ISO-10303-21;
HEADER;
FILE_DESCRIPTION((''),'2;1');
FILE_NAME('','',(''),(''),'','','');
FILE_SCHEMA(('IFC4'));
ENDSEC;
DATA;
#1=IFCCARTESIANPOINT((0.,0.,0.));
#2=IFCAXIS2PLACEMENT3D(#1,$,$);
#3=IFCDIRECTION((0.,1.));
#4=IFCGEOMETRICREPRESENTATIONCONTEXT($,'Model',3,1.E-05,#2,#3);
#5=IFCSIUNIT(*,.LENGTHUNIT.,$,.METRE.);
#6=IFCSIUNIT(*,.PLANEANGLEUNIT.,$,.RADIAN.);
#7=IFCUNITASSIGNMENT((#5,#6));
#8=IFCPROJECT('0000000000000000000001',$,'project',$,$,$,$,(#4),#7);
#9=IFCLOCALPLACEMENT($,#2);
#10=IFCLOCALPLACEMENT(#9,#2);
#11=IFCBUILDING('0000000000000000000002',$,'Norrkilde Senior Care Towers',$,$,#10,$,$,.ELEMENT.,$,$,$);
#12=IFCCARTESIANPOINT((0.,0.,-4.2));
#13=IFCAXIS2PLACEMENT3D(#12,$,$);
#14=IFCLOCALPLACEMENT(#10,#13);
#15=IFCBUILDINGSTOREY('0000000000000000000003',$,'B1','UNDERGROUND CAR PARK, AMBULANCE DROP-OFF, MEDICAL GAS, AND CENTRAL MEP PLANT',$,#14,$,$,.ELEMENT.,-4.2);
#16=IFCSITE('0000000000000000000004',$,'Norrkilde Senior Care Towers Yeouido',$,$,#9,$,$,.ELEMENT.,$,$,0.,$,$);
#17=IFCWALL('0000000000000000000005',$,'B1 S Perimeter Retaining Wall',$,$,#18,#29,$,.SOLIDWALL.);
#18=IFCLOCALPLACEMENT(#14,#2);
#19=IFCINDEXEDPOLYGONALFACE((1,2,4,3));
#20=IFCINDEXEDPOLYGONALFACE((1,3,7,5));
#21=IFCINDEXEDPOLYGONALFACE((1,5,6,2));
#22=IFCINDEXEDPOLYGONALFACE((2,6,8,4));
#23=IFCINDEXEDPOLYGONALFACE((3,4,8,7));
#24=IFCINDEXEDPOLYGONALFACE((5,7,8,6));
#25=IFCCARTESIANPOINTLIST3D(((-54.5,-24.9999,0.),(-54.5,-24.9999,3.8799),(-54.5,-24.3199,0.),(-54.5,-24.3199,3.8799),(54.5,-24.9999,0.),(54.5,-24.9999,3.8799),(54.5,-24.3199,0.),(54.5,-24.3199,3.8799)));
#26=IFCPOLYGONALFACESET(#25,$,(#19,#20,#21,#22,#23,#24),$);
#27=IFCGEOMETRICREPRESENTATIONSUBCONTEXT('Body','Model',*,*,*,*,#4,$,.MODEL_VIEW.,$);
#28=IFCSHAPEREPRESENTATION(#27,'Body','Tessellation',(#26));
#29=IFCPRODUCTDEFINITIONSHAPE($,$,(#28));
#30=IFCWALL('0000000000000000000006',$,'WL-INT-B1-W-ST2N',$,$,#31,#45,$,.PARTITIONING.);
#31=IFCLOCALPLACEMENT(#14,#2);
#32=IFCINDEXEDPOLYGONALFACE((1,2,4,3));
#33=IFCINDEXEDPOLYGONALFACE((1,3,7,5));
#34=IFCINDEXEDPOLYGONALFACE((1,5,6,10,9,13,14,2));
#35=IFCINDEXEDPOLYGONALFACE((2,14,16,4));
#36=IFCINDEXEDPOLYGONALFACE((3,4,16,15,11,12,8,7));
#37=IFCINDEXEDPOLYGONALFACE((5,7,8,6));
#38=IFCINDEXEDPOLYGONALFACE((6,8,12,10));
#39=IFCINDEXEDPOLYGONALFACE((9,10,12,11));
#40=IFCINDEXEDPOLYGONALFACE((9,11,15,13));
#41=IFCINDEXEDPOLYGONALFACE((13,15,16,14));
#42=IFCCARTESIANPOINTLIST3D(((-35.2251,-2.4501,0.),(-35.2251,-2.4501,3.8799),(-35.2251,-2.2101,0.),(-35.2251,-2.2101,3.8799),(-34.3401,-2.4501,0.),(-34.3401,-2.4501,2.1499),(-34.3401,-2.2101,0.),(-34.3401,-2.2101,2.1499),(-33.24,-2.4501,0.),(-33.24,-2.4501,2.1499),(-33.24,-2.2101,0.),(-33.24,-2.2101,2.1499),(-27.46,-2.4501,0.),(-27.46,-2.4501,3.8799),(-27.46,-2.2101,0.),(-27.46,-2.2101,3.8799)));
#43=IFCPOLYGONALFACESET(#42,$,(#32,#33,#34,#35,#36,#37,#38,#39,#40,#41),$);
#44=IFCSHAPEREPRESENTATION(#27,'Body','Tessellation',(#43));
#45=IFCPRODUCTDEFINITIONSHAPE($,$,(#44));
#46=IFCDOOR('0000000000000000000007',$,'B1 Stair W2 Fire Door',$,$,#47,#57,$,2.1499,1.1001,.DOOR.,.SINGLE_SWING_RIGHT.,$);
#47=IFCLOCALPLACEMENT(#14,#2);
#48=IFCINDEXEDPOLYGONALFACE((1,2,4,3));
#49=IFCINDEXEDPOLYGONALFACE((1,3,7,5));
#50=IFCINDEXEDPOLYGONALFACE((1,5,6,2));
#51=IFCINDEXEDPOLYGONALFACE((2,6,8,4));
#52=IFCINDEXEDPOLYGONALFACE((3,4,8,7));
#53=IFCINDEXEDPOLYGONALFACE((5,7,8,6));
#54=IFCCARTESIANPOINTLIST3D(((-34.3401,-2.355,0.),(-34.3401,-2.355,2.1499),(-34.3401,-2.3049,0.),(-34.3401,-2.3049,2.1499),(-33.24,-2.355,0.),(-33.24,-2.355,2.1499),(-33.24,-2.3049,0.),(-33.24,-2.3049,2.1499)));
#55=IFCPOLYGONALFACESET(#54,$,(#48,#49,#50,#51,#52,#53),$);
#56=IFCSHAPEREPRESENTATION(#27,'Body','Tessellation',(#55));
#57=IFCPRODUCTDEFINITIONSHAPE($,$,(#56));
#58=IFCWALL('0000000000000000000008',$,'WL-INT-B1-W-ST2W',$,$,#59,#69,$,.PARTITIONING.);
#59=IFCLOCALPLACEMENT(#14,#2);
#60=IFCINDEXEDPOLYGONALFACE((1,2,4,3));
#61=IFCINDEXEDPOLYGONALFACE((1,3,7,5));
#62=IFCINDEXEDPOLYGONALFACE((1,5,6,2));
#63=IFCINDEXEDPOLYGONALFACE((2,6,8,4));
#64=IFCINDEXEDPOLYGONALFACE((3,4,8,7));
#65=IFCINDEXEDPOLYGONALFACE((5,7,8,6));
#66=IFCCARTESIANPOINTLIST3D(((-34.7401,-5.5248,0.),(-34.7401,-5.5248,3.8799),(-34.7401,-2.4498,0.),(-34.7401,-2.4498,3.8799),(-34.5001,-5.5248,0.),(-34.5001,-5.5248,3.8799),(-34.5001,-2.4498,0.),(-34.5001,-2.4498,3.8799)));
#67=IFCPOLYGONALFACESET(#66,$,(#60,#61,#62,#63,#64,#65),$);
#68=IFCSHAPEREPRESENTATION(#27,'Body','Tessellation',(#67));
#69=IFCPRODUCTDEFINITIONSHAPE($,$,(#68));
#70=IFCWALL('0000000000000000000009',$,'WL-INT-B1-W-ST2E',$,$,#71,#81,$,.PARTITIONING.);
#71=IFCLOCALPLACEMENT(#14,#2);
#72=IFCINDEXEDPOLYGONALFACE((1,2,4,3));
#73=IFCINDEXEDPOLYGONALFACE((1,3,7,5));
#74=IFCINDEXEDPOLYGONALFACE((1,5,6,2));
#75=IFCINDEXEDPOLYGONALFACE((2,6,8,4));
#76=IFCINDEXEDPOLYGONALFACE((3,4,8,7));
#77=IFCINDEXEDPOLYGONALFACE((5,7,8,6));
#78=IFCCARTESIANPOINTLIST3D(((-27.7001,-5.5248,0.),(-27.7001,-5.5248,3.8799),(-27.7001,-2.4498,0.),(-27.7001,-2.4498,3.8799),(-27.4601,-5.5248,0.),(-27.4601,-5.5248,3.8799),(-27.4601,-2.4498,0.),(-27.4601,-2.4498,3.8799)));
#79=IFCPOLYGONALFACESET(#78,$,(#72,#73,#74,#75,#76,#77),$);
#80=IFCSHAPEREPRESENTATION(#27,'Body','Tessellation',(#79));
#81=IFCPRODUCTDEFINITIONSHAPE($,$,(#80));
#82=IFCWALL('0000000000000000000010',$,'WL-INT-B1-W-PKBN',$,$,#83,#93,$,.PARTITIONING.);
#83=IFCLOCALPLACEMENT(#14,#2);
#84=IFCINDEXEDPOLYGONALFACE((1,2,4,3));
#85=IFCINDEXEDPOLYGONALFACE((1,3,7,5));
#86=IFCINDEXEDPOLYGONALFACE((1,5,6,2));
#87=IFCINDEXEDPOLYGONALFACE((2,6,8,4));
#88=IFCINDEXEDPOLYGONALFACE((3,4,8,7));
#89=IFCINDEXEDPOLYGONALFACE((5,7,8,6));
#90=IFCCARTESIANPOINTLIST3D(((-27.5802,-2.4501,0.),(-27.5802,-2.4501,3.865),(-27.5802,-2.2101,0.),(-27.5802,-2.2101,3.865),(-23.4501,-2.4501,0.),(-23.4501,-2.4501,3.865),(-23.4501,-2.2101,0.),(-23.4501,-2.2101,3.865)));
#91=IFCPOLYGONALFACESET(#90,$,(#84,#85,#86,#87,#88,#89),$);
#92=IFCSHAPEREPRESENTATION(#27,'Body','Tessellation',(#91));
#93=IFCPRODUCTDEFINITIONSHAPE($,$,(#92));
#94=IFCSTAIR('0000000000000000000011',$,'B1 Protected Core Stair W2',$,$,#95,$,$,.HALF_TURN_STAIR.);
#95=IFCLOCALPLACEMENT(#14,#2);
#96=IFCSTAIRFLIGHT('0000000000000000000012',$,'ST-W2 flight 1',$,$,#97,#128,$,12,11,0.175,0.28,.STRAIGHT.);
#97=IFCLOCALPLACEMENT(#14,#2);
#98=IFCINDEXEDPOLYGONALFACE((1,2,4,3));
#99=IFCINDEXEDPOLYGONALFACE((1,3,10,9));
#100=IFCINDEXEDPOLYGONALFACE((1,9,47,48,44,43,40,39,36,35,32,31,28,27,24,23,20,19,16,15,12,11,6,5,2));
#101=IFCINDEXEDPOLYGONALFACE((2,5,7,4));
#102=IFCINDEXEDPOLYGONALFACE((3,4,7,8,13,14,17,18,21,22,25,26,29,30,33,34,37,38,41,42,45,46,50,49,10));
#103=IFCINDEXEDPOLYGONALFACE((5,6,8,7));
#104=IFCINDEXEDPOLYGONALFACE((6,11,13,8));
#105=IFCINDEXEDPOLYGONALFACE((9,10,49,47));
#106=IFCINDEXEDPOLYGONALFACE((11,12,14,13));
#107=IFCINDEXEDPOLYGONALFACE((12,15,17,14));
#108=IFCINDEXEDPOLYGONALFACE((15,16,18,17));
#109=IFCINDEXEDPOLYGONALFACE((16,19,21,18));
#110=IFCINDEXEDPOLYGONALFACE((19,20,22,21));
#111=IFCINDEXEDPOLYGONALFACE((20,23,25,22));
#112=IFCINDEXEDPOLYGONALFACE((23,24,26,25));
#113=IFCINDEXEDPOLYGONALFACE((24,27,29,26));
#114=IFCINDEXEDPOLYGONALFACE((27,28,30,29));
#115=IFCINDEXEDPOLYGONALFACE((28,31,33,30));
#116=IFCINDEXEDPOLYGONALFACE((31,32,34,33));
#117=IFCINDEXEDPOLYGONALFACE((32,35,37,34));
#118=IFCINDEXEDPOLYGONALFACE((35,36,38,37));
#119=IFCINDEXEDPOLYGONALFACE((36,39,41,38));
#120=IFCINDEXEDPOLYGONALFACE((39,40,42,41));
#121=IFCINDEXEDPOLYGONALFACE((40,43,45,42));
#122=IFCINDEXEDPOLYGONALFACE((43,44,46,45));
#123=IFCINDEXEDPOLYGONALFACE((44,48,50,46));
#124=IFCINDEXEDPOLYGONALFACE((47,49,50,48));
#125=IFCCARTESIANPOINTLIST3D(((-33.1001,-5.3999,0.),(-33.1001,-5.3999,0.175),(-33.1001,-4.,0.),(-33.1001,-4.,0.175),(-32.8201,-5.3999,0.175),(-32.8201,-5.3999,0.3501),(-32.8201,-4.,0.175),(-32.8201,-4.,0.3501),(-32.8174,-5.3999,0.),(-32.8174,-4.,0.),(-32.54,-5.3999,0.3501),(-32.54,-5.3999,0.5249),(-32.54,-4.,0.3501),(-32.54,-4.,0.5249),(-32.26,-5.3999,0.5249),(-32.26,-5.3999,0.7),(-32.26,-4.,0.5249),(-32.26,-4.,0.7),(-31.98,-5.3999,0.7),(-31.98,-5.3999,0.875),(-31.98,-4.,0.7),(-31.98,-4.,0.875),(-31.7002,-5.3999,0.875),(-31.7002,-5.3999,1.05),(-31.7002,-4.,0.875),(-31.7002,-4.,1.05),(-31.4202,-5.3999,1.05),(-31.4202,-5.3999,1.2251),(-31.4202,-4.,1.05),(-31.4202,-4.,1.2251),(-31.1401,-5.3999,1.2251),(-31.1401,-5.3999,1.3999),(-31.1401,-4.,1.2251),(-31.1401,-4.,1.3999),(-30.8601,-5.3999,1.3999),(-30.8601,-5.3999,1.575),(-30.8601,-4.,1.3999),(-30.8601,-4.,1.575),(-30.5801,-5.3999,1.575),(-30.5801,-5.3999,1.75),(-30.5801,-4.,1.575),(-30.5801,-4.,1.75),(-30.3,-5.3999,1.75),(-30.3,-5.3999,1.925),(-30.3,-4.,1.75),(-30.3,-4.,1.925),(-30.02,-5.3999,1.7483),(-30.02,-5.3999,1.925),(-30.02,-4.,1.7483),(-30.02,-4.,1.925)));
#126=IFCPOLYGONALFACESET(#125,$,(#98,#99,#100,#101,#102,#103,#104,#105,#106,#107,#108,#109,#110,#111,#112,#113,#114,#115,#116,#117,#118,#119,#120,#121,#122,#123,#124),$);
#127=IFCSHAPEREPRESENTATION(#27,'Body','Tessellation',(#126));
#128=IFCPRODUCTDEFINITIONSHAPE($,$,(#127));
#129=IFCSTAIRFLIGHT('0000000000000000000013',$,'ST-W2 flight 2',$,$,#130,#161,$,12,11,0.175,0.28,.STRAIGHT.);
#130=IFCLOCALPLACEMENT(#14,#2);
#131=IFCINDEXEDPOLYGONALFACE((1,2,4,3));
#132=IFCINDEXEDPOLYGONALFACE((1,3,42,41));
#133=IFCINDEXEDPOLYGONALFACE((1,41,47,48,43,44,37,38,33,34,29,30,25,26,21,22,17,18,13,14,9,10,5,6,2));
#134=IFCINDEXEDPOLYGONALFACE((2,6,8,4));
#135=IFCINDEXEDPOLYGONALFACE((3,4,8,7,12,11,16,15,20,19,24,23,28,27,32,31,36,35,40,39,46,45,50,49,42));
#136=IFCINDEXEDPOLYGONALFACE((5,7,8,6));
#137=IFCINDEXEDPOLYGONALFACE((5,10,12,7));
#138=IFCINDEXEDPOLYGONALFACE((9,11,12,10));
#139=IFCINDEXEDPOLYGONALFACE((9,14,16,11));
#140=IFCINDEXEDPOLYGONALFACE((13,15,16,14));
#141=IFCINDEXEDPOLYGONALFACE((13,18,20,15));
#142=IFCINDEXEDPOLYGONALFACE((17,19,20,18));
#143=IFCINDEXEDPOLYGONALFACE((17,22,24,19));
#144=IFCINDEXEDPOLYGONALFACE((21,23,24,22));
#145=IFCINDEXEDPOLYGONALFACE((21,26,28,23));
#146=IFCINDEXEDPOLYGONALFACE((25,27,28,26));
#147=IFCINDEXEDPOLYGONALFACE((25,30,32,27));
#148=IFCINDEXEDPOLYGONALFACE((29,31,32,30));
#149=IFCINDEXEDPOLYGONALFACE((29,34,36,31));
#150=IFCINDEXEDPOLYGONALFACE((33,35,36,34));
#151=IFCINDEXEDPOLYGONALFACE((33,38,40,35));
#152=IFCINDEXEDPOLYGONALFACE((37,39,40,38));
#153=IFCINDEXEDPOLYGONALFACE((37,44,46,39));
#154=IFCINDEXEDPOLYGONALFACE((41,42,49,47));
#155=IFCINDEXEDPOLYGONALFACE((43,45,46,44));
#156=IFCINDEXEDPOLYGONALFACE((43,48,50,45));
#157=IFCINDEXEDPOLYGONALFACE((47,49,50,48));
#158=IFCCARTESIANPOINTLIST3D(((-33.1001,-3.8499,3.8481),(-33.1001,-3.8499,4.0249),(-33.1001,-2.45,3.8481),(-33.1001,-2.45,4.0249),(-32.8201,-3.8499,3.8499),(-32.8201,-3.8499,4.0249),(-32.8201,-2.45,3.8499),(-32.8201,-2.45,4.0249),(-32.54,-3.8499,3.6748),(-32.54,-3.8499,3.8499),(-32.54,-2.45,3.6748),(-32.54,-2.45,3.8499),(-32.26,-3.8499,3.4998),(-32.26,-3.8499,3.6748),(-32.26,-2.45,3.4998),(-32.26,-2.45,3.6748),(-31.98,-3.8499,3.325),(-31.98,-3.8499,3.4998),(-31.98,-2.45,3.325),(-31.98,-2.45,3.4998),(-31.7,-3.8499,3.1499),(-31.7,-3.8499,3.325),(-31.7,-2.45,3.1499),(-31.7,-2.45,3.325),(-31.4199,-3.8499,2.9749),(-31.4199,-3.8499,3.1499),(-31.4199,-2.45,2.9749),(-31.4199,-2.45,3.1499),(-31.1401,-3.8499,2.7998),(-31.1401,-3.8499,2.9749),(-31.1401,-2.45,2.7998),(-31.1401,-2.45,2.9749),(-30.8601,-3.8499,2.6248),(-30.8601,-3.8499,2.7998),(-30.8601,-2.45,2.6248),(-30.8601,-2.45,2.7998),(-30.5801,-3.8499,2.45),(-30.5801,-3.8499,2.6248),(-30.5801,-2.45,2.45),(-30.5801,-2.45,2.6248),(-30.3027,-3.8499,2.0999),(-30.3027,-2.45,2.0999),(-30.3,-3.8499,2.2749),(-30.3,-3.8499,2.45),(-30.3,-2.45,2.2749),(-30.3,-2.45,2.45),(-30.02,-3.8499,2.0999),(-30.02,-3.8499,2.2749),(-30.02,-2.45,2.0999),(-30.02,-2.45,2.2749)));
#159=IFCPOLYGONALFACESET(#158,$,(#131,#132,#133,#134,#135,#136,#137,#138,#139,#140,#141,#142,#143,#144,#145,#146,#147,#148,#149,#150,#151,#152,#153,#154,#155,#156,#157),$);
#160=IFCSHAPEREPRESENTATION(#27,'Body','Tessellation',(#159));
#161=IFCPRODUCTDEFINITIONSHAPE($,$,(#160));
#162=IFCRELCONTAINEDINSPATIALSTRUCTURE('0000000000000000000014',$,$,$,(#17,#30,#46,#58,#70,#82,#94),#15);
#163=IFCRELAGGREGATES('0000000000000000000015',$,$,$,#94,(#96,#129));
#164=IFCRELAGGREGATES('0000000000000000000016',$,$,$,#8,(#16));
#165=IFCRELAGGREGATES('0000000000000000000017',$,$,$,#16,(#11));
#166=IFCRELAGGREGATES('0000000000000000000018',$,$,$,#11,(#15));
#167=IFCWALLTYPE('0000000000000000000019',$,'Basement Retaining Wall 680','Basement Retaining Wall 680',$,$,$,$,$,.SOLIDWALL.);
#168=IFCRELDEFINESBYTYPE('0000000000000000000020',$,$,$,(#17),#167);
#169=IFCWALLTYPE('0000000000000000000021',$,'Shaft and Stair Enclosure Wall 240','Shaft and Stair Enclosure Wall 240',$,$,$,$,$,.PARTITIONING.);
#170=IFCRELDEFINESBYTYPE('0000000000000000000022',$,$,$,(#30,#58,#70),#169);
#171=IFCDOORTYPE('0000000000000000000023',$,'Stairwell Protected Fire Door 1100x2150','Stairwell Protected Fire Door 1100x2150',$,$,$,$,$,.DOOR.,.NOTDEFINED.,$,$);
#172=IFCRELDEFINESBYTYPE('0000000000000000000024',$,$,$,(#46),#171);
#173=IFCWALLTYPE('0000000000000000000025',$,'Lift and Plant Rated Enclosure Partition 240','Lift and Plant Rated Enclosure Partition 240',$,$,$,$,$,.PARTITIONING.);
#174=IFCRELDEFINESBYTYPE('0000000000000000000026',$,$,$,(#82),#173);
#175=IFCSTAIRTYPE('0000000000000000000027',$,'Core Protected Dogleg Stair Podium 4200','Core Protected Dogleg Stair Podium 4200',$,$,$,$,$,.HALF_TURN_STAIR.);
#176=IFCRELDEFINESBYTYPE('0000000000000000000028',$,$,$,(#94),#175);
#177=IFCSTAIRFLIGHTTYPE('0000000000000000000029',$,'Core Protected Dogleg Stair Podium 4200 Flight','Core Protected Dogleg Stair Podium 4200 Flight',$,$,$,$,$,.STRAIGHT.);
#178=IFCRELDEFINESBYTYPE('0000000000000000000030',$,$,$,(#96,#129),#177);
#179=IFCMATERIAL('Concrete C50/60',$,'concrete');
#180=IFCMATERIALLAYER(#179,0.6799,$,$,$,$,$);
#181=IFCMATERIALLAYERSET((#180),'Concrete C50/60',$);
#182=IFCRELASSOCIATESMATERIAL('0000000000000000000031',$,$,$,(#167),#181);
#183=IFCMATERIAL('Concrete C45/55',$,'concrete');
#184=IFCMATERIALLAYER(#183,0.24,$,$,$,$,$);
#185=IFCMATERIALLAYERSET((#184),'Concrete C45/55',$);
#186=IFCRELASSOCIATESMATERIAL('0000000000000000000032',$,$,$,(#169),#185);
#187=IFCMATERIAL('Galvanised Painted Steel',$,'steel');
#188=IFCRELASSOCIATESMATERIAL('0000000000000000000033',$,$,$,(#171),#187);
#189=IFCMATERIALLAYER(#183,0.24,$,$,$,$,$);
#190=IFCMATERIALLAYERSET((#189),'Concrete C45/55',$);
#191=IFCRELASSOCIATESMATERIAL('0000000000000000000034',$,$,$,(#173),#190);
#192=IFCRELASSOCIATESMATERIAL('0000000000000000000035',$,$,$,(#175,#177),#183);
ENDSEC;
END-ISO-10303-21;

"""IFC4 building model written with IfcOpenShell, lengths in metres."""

from ifc_helpers import new_model, si_unit, direction, frame, frame_2d, origin, place, context, subcontext, project, spatial, polyline, rectangle, outline, extrude, source, transform, mapped, material, layer, layer_set, type_object, type_shapes, element, fill, aggregate, save


model = new_model("IFC4")

# Units and contexts
model_context = context("Model", 3, precision=1e-05, world=origin(), true_north=direction((0.0, 1.0)))
body_context = subcontext(model_context, "Body", "Model", "MODEL_VIEW")
ifc_project = project(units=[si_unit("LENGTHUNIT", "METRE"), si_unit("PLANEANGLEUNIT", "RADIAN")], contexts=[model_context])

# Site, building, storey
site_placement = place(None, origin())
site = spatial("IfcSite", under=ifc_project, at=site_placement, Name="Norrkilde Senior Care Towers Yeouido", CompositionType="ELEMENT", RefElevation=0.0)
building_placement = place(site_placement, origin())
building = spatial("IfcBuilding", under=site, at=building_placement, Name="Norrkilde Senior Care Towers", CompositionType="ELEMENT")
storey_placement = place(building_placement, frame((0.0, 0.0, -4.2)))
storey = spatial("IfcBuildingStorey", under=building, at=storey_placement, Name="B1", Description="UNDERGROUND CAR PARK, AMBULANCE DROP-OFF, MEDICAL GAS, AND CENTRAL MEP PLANT", CompositionType="ELEMENT", Elevation=-4.2)

# Shared definitions
ifc_material_1 = material(Name="Concrete C50/60", Category="concrete")

# Shared definitions
ifc_material_2 = material(Name="Galvanised Painted Steel", Category="steel")

# Wall
ifc_layer_1 = layer(ifc_material_1, 0.6799)
ifc_layer_set_1 = layer_set([ifc_layer_1], Name="Concrete C50/60")
wall_type_1 = type_object("IfcWallType", Name="Basement Retaining Wall 680", Description="Basement Retaining Wall 680", PredefinedType="SOLIDWALL", material=ifc_layer_set_1)
shared_shape_1 = source(origin(), body_context, "Body", "SweptSolid", [
    extrude(rectangle(XDim=109.0, YDim=0.6799, at=frame_2d((54.5, 0.0))), origin(), (0.0, 0.0, 1.0), 3.8799),
])
type_shapes(wall_type_1, [shared_shape_1])
wall_1_placement = place(storey_placement, frame((-54.5, -24.6599, 0.0), z_axis=(0.0, 0.0, 1.0), x_axis=(1.0, 0.0, 0.0)))
element("IfcWall", 1, at=wall_1_placement, inside=storey, type_object=wall_type_1, Name="B1 S Perimeter Retaining Wall", PredefinedType="SOLIDWALL", context=body_context, shape_type="MappedRepresentation", body=[
    mapped(shared_shape_1, transform((0.0, 0.0, 0.0), x_axis=(1.0, 0.0, 0.0), y_axis=(0.0, 1.0, 0.0), z_axis=(0.0, 0.0, 1.0), scale=1.0)),
])

# Wall, opening, door
ifc_material_3 = material(Name="Concrete C45/55", Category="concrete")
ifc_layer_2 = layer(ifc_material_3, 0.24)
ifc_layer_set_2 = layer_set([ifc_layer_2], Name="Concrete C45/55")
wall_type_2 = type_object("IfcWallType", Name="Shaft and Stair Enclosure Wall 240", Description="Shaft and Stair Enclosure Wall 240", PredefinedType="PARTITIONING", material=ifc_layer_set_2)
shared_shape_2 = source(origin(), body_context, "Body", "SweptSolid", [
    extrude(rectangle(XDim=7.7651, YDim=0.24, at=frame_2d((3.8826, 0.0))), origin(), (0.0, 0.0, 1.0), 3.8799),
])
wall_2_placement = place(storey_placement, frame((-35.2251, -2.3301, 0.0), z_axis=(0.0, 0.0, 1.0), x_axis=(1.0, 0.0, 0.0)))
wall_2 = element("IfcWall", 2, at=wall_2_placement, inside=storey, type_object=wall_type_2, Name="WL-INT-B1-W-ST2N", PredefinedType="PARTITIONING", context=body_context, shape_type="MappedRepresentation", body=[
    mapped(shared_shape_2, transform((0.0, 0.0, 0.0), x_axis=(1.0, 0.0, 0.0), y_axis=(0.0, 1.0, 0.0), z_axis=(0.0, 0.0, 1.0), scale=1.0)),
])
opening_1_placement = place(wall_2_placement, frame((0.885, 0.0, 0.0)))
opening_1 = element("IfcOpeningElement", 3, at=opening_1_placement, cuts=wall_2, PredefinedType="OPENING", context=body_context, shape_type="SweptSolid", body=[
    extrude(rectangle(XDim=1.1001, YDim=2.1499, at=frame_2d((0.55, 1.075))), frame((0.0, 0.1299, 0.0), z_axis=(0.0, -1.0, 0.0), x_axis=(1.0, 0.0, 0.0)), (0.0, 0.0, 1.0), 0.26),
])
door_type_1 = type_object("IfcDoorType", Name="Stairwell Protected Fire Door 1100x2150", Description="Stairwell Protected Fire Door 1100x2150", OperationType="NOTDEFINED", PredefinedType="DOOR", material=ifc_material_2)
shared_shape_3 = source(origin(), body_context, "Body", "SweptSolid", [
    extrude(rectangle(XDim=1.1001, YDim=2.1499, at=frame_2d((0.55, 1.075))), frame((0.0, 0.0249, 0.0), z_axis=(0.0, -1.0, 0.0), x_axis=(1.0, 0.0, 0.0)), (0.0, 0.0, 1.0), 0.05),
])
type_shapes(door_type_1, [shared_shape_3])
door_1_placement = place(opening_1_placement, frame((1.1001, 0.0, 0.0), z_axis=(0.0, 0.0, 1.0), x_axis=(-1.0, 0.0, 0.0)))
door_1 = element("IfcDoor", 4, at=door_1_placement, inside=storey, type_object=door_type_1, Name="B1 Stair W2 Fire Door", OperationType="SINGLE_SWING_RIGHT", OverallHeight=2.1499, OverallWidth=1.1001, PredefinedType="DOOR", context=body_context, shape_type="MappedRepresentation", body=[
    mapped(shared_shape_3, transform((0.0, 0.0, 0.0), x_axis=(1.0, 0.0, 0.0), y_axis=(0.0, 1.0, 0.0), z_axis=(0.0, 0.0, 1.0), scale=1.0)),
])
fill(opening_1, door_1)

# Walls
shared_shape_4 = source(origin(), body_context, "Body", "SweptSolid", [
    extrude(rectangle(XDim=3.075, YDim=0.24, at=frame_2d((1.5376, 0.0))), origin(), (0.0, 0.0, 1.0), 3.8799),
])
type_shapes(wall_type_2, [shared_shape_2, shared_shape_4])
for number, where, z_axis, x_axis, name in (
    (5, (-34.6201, -5.5249, 0.0), (0.0, 0.0, 1.0), (0.0, 1.0, 0.0), "WL-INT-B1-W-ST2W"),
    (6, (-27.5801, -5.5249, 0.0), (0.0, 0.0, 1.0), (0.0, 1.0, 0.0), "WL-INT-B1-W-ST2E"),
):
    element("IfcWall", number, at=place(storey_placement, frame(where, z_axis=z_axis, x_axis=x_axis)), inside=storey, type_object=wall_type_2, Name=name, PredefinedType="PARTITIONING", context=body_context, shape_type="MappedRepresentation", body=[
        mapped(shared_shape_4, transform((0.0, 0.0, 0.0), x_axis=(1.0, 0.0, 0.0), y_axis=(0.0, 1.0, 0.0), z_axis=(0.0, 0.0, 1.0), scale=1.0)),
    ])
ifc_layer_3 = layer(ifc_material_3, 0.24)
ifc_layer_set_3 = layer_set([ifc_layer_3], Name="Concrete C45/55")
wall_type_3 = type_object("IfcWallType", Name="Lift and Plant Rated Enclosure Partition 240", Description="Lift and Plant Rated Enclosure Partition 240", PredefinedType="PARTITIONING", material=ifc_layer_set_3)
shared_shape_5 = source(origin(), body_context, "Body", "SweptSolid", [
    extrude(rectangle(XDim=4.1301, YDim=0.24, at=frame_2d((2.0649, 0.0))), origin(), (0.0, 0.0, 1.0), 3.865),
])
type_shapes(wall_type_3, [shared_shape_5])
wall_3_placement = place(storey_placement, frame((-27.5801, -2.3301, 0.0), z_axis=(0.0, 0.0, 1.0), x_axis=(1.0, 0.0, 0.0)))
element("IfcWall", 7, at=wall_3_placement, inside=storey, type_object=wall_type_3, Name="WL-INT-B1-W-PKBN", PredefinedType="PARTITIONING", context=body_context, shape_type="MappedRepresentation", body=[
    mapped(shared_shape_5, transform((0.0, 0.0, 0.0), x_axis=(1.0, 0.0, 0.0), y_axis=(0.0, 1.0, 0.0), z_axis=(0.0, 0.0, 1.0), scale=1.0)),
])

# Stair, stair flights
stair_type = type_object("IfcStairType", Name="Core Protected Dogleg Stair Podium 4200", Description="Core Protected Dogleg Stair Podium 4200", PredefinedType="HALF_TURN_STAIR", material=ifc_material_3)
stair_placement = place(storey_placement, origin())
stair = element("IfcStair", 8, at=stair_placement, inside=storey, type_object=stair_type, Name="B1 Protected Core Stair W2", PredefinedType="HALF_TURN_STAIR")
stair_flight_type = type_object("IfcStairFlightType", Name="Core Protected Dogleg Stair Podium 4200 Flight", Description="Core Protected Dogleg Stair Podium 4200 Flight", PredefinedType="STRAIGHT", material=ifc_material_3)
stair_flight_1_placement = place(storey_placement, frame((-33.1001, -4.7, 0.0), z_axis=(0.0, 0.0, 1.0), x_axis=(1.0, 0.0, 0.0)))
stair_flight_1 = element("IfcStairFlight", 9, at=stair_flight_1_placement, type_object=stair_flight_type, Name="ST-W2 flight 1", NumberOfRisers=12, NumberOfTreads=11, PredefinedType="STRAIGHT", RiserHeight=0.175, TreadLength=0.28, context=body_context, shape_type="SweptSolid", body=[
    extrude(outline(polyline([(0.0, 0.0), (0.0, 0.175), (0.28, 0.175), (0.28, 0.3501), (0.5601, 0.3501), (0.5601, 0.5249), (0.8401, 0.5249), (0.8401, 0.7), (1.1201, 0.7), (1.1201, 0.875), (1.3999, 0.875), (1.3999, 1.05), (1.6799, 1.05), (1.6799, 1.2251), (1.96, 1.2251), (1.96, 1.3999), (2.24, 1.3999), (2.24, 1.575), (2.52, 1.575), (2.52, 1.75), (2.8, 1.75), (2.8, 1.925), (3.0801, 1.925), (3.0801, 2.1001), (3.0801, 1.7483), (0.2827, 0.0), (0.0, 0.0)])), frame((0.0, 0.7, 0.0), z_axis=(0.0, -1.0, 0.0), x_axis=(1.0, 0.0, 0.0)), (0.0, 0.0, 1.0), 1.3999),
])
stair_flight_2_placement = place(storey_placement, frame((-30.02, -3.1499, 2.0999), z_axis=(0.0, 0.0, 1.0), x_axis=(-1.0, 0.0, 0.0)))
stair_flight_2 = element("IfcStairFlight", 10, at=stair_flight_2_placement, type_object=stair_flight_type, Name="ST-W2 flight 2", NumberOfRisers=12, NumberOfTreads=11, PredefinedType="STRAIGHT", RiserHeight=0.175, TreadLength=0.28, context=body_context, shape_type="SweptSolid", body=[
    extrude(outline(polyline([(0.0, 0.0), (0.0, 0.175), (0.28, 0.175), (0.28, 0.3501), (0.5601, 0.3501), (0.5601, 0.5249), (0.8401, 0.5249), (0.8401, 0.7), (1.1201, 0.7), (1.1201, 0.875), (1.3999, 0.875), (1.3999, 1.05), (1.6799, 1.05), (1.6799, 1.2251), (1.96, 1.2251), (1.96, 1.3999), (2.24, 1.3999), (2.24, 1.575), (2.52, 1.575), (2.52, 1.75), (2.8, 1.75), (2.8, 1.925), (3.0801, 1.925), (3.0801, 2.1001), (3.0801, 1.7483), (0.2827, 0.0), (0.0, 0.0)])), frame((0.0, 0.7, 0.0), z_axis=(0.0, -1.0, 0.0), x_axis=(1.0, 0.0, 0.0)), (0.0, 0.0, 1.0), 1.3999),
])
aggregate(stair, [stair_flight_1, stair_flight_2])

save(model, "model.ifc")
